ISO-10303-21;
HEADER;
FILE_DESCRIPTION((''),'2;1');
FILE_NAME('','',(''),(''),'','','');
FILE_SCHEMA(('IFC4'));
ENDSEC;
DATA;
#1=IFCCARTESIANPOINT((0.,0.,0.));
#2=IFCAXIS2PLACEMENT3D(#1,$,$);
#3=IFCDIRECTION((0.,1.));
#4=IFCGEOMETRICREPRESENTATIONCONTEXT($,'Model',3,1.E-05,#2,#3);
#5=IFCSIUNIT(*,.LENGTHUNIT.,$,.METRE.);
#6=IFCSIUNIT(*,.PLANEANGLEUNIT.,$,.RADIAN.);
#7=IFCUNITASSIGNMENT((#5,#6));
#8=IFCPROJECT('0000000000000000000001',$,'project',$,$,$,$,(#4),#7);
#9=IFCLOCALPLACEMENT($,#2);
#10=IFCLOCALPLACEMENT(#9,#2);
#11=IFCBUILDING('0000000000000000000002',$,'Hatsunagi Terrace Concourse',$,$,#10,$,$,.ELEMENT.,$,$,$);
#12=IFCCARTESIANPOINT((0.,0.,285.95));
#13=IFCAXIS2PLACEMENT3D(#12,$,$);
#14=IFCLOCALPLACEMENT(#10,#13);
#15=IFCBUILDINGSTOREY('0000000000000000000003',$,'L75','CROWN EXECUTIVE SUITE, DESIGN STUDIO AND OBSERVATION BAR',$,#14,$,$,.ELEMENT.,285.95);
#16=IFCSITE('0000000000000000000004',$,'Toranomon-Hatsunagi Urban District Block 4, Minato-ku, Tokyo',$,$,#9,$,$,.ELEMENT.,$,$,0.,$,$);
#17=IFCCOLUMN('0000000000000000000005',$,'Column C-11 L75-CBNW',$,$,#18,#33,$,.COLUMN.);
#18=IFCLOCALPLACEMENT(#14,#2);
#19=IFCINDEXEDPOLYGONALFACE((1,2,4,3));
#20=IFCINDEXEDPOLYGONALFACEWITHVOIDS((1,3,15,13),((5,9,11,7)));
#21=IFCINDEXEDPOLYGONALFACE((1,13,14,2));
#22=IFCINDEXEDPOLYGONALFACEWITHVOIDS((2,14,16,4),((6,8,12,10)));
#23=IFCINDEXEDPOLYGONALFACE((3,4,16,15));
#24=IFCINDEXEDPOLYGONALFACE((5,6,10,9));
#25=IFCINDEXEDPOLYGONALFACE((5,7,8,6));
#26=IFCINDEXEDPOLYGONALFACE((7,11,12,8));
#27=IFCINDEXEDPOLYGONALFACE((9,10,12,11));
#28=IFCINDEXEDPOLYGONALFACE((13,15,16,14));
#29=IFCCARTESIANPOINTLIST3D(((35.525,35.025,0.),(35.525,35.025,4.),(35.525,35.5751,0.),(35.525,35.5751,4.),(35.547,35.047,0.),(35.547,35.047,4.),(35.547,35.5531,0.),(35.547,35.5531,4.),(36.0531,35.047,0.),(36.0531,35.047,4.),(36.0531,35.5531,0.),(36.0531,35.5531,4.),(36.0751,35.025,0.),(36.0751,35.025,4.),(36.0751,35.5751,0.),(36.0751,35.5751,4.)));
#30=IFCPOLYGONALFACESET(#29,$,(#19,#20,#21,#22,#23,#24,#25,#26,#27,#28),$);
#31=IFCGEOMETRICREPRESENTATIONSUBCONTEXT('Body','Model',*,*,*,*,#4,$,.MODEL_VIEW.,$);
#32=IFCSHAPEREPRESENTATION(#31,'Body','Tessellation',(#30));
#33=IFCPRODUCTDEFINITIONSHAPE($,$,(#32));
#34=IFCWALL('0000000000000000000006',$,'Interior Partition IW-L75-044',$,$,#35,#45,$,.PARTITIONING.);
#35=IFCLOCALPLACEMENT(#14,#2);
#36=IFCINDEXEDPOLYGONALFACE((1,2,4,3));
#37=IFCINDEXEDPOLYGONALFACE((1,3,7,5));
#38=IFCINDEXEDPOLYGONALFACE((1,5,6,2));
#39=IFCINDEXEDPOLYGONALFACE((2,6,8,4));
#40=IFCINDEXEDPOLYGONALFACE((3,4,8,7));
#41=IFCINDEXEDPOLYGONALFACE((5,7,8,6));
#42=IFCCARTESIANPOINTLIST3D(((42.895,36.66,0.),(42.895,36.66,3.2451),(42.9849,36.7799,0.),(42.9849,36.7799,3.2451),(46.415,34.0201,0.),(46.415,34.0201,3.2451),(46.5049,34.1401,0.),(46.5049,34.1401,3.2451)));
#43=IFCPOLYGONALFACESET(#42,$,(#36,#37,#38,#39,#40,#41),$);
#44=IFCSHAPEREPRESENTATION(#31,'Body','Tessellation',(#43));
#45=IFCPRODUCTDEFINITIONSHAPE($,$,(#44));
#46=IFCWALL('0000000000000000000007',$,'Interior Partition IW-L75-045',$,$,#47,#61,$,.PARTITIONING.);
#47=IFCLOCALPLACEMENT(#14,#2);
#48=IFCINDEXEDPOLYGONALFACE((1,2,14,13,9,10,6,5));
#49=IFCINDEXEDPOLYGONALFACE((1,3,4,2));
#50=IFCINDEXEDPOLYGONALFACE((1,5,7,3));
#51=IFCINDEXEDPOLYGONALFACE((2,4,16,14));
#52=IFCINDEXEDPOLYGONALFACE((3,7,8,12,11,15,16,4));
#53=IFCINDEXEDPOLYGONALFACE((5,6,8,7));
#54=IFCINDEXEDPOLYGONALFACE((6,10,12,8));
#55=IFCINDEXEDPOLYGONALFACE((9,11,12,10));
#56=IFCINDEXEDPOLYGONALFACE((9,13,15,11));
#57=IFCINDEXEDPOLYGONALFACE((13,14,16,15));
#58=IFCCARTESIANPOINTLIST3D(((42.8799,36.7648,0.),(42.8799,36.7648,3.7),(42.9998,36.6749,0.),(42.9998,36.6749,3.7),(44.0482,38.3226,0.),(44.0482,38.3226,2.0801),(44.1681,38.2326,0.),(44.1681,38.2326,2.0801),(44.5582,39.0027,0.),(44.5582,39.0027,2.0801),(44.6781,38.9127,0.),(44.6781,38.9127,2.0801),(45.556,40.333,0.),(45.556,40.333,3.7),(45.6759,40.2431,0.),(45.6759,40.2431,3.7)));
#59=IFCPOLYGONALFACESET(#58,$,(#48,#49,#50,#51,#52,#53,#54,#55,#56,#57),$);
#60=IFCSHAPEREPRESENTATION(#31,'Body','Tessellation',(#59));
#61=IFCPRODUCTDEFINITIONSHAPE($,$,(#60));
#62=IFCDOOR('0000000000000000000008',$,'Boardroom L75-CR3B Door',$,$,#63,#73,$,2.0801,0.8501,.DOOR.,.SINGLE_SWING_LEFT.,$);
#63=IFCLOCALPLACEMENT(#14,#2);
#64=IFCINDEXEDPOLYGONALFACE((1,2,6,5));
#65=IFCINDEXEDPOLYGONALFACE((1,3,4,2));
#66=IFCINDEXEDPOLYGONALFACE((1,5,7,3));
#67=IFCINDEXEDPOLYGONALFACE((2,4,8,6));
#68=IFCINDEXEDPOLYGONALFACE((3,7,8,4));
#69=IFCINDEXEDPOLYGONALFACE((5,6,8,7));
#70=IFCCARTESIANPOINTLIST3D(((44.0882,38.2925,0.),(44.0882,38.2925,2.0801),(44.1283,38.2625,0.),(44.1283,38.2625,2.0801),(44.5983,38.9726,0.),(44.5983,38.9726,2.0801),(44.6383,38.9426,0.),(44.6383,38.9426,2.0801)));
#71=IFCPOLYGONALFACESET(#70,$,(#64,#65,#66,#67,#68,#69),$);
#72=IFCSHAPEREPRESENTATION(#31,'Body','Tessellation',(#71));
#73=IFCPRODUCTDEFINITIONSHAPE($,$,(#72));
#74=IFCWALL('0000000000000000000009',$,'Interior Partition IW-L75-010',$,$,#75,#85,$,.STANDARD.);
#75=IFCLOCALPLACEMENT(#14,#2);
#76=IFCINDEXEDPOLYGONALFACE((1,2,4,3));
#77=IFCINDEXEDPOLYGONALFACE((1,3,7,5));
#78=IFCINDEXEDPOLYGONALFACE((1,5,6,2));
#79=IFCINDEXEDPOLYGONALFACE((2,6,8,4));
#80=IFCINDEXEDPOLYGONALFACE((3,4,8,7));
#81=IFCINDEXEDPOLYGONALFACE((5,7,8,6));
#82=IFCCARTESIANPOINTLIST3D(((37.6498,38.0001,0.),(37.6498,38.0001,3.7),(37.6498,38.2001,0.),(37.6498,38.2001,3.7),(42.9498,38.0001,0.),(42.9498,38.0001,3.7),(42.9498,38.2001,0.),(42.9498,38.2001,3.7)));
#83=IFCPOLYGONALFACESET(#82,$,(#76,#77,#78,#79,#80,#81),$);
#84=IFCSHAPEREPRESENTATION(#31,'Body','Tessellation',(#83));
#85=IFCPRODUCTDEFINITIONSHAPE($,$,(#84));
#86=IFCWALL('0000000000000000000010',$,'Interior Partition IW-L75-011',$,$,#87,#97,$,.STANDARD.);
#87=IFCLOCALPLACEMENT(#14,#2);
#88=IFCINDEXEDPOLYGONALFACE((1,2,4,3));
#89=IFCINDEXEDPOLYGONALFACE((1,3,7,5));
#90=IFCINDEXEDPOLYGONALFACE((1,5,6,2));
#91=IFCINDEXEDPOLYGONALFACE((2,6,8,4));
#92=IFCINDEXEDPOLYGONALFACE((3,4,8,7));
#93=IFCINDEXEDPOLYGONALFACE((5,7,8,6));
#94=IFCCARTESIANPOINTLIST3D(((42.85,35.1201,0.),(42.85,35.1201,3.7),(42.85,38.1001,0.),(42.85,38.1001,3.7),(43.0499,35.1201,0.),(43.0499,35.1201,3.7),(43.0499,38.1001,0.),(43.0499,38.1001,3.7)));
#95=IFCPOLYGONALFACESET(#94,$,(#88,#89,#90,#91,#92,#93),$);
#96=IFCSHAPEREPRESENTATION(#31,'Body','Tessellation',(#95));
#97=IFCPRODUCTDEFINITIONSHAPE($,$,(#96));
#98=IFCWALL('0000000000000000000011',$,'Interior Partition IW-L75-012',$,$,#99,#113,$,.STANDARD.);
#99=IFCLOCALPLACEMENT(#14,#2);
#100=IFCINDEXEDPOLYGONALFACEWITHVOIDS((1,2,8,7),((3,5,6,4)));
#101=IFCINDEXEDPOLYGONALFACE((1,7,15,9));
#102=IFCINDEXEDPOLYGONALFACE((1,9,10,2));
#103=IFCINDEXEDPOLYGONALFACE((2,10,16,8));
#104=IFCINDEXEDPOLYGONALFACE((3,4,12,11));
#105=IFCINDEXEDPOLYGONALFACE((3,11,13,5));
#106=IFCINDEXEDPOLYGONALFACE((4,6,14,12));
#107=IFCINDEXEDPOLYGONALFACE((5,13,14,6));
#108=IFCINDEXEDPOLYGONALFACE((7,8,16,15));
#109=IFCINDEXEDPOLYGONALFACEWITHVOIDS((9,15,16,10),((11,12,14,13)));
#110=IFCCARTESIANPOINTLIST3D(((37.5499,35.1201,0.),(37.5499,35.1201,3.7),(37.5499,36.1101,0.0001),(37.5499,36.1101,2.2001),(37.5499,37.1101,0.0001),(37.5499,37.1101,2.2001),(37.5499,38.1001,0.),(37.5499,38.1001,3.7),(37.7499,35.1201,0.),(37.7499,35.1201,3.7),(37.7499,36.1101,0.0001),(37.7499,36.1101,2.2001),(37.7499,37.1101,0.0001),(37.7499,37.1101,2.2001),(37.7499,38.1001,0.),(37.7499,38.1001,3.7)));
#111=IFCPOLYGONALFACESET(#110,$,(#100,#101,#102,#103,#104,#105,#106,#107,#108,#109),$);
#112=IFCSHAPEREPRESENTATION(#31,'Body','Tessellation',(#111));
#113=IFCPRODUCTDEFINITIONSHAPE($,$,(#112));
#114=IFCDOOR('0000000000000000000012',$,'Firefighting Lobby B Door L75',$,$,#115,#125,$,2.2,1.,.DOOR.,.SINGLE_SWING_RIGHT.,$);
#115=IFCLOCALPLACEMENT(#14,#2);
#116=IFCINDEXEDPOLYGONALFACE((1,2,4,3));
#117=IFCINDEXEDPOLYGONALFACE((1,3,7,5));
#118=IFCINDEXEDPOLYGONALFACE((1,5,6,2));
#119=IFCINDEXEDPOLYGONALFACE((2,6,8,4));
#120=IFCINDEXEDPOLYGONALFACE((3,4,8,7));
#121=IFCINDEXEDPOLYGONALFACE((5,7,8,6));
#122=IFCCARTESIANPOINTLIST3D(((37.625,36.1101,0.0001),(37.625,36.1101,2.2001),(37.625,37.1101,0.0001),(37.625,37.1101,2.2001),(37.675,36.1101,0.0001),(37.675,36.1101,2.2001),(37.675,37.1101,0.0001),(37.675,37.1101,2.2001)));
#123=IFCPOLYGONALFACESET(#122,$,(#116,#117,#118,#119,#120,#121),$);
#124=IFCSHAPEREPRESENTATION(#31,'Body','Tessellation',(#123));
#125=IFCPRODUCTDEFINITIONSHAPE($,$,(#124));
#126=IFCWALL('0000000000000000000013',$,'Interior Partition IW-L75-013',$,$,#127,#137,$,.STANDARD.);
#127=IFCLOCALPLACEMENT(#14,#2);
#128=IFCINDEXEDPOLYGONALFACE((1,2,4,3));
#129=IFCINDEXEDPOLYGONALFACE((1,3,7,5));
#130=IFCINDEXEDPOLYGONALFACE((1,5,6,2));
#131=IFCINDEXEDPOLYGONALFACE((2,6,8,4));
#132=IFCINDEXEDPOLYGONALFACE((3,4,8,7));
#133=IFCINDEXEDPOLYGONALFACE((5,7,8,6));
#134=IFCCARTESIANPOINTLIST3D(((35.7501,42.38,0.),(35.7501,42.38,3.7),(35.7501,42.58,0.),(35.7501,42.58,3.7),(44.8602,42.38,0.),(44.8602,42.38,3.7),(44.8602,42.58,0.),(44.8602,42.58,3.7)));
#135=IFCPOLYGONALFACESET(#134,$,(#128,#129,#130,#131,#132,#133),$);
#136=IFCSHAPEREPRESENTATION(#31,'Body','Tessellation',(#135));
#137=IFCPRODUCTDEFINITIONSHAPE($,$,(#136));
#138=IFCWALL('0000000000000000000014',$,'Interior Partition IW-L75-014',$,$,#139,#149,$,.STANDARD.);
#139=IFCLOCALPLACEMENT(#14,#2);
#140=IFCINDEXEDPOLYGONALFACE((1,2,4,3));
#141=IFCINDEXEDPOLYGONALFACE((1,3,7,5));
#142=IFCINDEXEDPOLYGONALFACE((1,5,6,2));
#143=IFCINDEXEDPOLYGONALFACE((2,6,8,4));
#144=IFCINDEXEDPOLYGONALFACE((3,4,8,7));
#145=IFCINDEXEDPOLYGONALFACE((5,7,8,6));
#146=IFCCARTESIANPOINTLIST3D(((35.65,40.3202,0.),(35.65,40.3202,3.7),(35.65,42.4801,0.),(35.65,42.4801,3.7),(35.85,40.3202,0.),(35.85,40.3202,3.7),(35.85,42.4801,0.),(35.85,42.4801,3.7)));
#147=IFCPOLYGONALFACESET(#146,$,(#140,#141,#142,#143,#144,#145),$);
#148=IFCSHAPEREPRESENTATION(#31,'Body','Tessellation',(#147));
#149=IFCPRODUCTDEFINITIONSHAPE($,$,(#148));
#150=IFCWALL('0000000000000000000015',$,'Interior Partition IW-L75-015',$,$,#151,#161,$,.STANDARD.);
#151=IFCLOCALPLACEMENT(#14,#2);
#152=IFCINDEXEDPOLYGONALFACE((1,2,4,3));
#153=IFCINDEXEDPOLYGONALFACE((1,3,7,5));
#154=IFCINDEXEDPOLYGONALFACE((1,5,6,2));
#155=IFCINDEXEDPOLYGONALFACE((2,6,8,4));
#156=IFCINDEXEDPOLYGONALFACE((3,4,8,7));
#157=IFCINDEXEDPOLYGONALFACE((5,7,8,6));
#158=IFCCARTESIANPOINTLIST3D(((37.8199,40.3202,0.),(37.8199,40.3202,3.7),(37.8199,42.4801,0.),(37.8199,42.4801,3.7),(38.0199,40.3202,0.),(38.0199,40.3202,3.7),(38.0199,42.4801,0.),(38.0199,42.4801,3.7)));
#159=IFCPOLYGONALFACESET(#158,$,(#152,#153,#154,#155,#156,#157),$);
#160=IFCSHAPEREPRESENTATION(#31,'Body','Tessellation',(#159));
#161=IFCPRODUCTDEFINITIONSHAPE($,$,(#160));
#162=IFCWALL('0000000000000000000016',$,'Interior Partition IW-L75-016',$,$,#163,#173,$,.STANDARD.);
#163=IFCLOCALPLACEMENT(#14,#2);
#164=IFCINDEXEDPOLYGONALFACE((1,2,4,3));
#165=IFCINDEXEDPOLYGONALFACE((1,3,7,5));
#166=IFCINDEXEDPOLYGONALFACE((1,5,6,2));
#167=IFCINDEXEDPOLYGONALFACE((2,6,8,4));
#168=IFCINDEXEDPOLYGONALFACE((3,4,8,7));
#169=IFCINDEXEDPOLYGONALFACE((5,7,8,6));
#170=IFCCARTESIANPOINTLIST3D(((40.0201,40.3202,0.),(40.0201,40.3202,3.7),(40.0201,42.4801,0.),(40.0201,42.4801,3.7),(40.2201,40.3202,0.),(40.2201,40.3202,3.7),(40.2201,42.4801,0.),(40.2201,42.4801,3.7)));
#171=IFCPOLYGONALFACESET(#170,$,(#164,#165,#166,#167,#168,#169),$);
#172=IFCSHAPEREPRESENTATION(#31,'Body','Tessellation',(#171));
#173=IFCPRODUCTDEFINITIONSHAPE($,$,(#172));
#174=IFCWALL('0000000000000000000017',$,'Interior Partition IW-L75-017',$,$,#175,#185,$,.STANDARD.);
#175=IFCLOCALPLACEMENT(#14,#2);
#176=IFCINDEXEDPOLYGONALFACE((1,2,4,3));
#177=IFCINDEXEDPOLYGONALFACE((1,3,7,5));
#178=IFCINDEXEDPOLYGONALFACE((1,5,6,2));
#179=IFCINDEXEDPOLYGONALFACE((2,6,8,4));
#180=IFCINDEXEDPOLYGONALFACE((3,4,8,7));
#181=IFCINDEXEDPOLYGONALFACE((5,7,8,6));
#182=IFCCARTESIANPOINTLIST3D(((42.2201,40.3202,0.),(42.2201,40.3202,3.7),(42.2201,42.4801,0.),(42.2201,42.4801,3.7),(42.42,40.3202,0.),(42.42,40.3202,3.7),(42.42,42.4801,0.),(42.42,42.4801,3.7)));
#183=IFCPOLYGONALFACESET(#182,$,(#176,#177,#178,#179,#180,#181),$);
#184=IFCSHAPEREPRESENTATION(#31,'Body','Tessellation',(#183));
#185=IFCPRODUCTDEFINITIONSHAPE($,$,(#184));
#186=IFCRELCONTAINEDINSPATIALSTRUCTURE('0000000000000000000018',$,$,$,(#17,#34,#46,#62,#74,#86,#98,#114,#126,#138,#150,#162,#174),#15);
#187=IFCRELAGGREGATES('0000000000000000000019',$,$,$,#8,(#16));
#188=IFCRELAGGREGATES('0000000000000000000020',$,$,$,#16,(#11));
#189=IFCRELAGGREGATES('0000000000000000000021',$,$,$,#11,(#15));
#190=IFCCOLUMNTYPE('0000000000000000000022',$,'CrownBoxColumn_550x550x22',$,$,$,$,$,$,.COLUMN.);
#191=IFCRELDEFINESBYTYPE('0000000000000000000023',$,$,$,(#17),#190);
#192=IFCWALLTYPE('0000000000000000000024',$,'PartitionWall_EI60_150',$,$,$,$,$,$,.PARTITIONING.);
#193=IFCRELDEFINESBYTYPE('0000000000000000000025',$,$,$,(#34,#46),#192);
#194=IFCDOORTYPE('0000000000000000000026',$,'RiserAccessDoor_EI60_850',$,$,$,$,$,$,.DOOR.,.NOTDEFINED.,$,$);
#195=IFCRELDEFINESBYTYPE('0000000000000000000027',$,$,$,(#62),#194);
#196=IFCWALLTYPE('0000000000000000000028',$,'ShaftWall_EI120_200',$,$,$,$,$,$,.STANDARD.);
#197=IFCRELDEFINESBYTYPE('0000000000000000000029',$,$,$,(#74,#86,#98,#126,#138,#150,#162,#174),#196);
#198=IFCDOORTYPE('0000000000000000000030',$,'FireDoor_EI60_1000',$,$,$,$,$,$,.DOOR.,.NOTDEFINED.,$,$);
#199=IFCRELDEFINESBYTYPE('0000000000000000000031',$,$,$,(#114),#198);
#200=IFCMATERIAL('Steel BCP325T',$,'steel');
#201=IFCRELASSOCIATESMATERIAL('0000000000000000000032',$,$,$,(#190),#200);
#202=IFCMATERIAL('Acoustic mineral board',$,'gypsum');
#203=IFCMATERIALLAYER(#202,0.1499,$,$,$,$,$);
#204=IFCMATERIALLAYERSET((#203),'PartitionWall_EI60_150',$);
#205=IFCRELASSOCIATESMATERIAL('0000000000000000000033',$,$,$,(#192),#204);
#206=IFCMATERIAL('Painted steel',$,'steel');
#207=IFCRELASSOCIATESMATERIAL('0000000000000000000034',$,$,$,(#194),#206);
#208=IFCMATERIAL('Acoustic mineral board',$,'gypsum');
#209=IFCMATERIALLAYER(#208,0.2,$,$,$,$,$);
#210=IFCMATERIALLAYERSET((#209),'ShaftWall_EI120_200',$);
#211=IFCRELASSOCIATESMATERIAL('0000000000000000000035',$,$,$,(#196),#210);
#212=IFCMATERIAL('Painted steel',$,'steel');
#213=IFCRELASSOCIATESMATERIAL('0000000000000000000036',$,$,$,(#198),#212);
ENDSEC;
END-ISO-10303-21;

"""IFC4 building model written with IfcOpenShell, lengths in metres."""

from ifc_helpers import new_model, si_unit, direction, frame, frame_2d, origin, origin_2d, place, context, subcontext, project, spatial, rectangle, hollow_rectangle, extrude, material, layer, layer_set, material_profile, profile_set, type_object, element, fill, save


model = new_model("IFC4")

# Units and contexts
model_context = context("Model", 3, precision=1e-05, world=origin(), true_north=direction((0.0, 1.0)))
body_context = subcontext(model_context, "Body", "Model", "MODEL_VIEW")
ifc_project = project(units=[si_unit("LENGTHUNIT", "METRE"), si_unit("PLANEANGLEUNIT", "RADIAN")], contexts=[model_context])

# Site, building, storey
site_placement = place(None, origin())
site = spatial("IfcSite", under=ifc_project, at=site_placement, Name="Toranomon-Hatsunagi Urban District Block 4, Minato-ku, Tokyo", CompositionType="ELEMENT", RefElevation=0.0)
building_placement = place(site_placement, origin())
building = spatial("IfcBuilding", under=site, at=building_placement, Name="Hatsunagi Terrace Concourse", CompositionType="ELEMENT")
storey_placement = place(building_placement, frame((0.0, 0.0, 285.95)))
storey = spatial("IfcBuildingStorey", under=building, at=storey_placement, Name="L75", Description="CROWN EXECUTIVE SUITE, DESIGN STUDIO AND OBSERVATION BAR", CompositionType="ELEMENT", Elevation=285.95)

# Column
ifc_material_1 = material(Name="Steel BCP325T", Category="steel")
ifc_material_profile = material_profile(ifc_material_1, hollow_rectangle(XDim=0.55, YDim=0.55, WallThickness=0.022, at=origin_2d()), Name="BCP-550x550x22")
ifc_profile_set = profile_set([ifc_material_profile], Name="Steel BCP325T")
column_type = type_object("IfcColumnType", Name="CrownBoxColumn_550x550x22", PredefinedType="COLUMN", material=ifc_profile_set)
column_placement = place(storey_placement, frame((35.8, 35.3, 0.0), z_axis=(0.0, 0.0, 1.0), x_axis=(1.0, 0.0, 0.0)))
element("IfcColumn", 1, at=column_placement, inside=storey, type_object=column_type, Name="Column C-11 L75-CBNW", PredefinedType="COLUMN", context=body_context, shape_type="SweptSolid", body=[
    extrude(hollow_rectangle(XDim=0.55, YDim=0.55, WallThickness=0.022, at=origin_2d()), origin(), (0.0, 0.0, 1.0), 4.0),
])

# Shared definitions
ifc_material_2 = material(Name="Acoustic mineral board", Category="gypsum")
ifc_layer_1 = layer(ifc_material_2, 0.1499)
ifc_layer_set_1 = layer_set([ifc_layer_1], Name="PartitionWall_EI60_150")
wall_type_1 = type_object("IfcWallType", Name="PartitionWall_EI60_150", PredefinedType="PARTITIONING", material=ifc_layer_set_1)

# Wall
wall_1_placement = place(storey_placement, frame((42.9399, 36.72, 0.0), z_axis=(0.0, 0.0, 1.0), x_axis=(0.800013, -0.599982, 0.0)))
element("IfcWall", 2, at=wall_1_placement, inside=storey, type_object=wall_type_1, Name="Interior Partition IW-L75-044", PredefinedType="PARTITIONING", context=body_context, shape_type="SweptSolid", body=[
    extrude(rectangle(XDim=4.3999, YDim=0.1499, at=frame_2d((2.2, 0.0))), origin(), (0.0, 0.0, 1.0), 3.2451),
])

# Wall, opening, door
wall_2_placement = place(storey_placement, frame((42.9399, 36.72, 0.0), z_axis=(0.0, 0.0, 1.0), x_axis=(0.599991, 0.800007, 0.0)))
wall_2 = element("IfcWall", 3, at=wall_2_placement, inside=storey, type_object=wall_type_1, Name="Interior Partition IW-L75-045", PredefinedType="PARTITIONING", context=body_context, shape_type="SweptSolid", body=[
    extrude(rectangle(XDim=4.4602, YDim=0.1499, at=frame_2d((2.23, 0.0))), origin(), (0.0, 0.0, 1.0), 3.7),
])
opening_1_placement = place(wall_2_placement, frame((1.947, 0.0, 0.0)))
opening_1 = element("IfcOpeningElement", 4, at=opening_1_placement, cuts=wall_2, PredefinedType="OPENING", context=body_context, shape_type="SweptSolid", body=[
    extrude(rectangle(XDim=0.8501, YDim=2.0801, at=frame_2d((0.425, 1.04))), frame((0.0, 0.085, 0.0), z_axis=(0.0, -1.0, 0.0), x_axis=(1.0, 0.0, 0.0)), (0.0, 0.0, 1.0), 0.1699),
])
ifc_material_3 = material(Name="Painted steel", Category="steel")
door_type_1 = type_object("IfcDoorType", Name="RiserAccessDoor_EI60_850", OperationType="NOTDEFINED", PredefinedType="DOOR", material=ifc_material_3)
door_1_placement = place(opening_1_placement, origin())
door_1 = element("IfcDoor", 5, at=door_1_placement, inside=storey, type_object=door_type_1, Name="Boardroom L75-CR3B Door", OperationType="SINGLE_SWING_LEFT", OverallHeight=2.0801, OverallWidth=0.8501, PredefinedType="DOOR", context=body_context, shape_type="SweptSolid", body=[
    extrude(rectangle(XDim=0.8501, YDim=2.0801, at=frame_2d((0.425, 1.04))), frame((0.0, 0.0249, 0.0), z_axis=(0.0, -1.0, 0.0), x_axis=(1.0, 0.0, 0.0)), (0.0, 0.0, 1.0), 0.05),
])
fill(opening_1, door_1)

# Walls
ifc_material_4 = material(Name="Acoustic mineral board", Category="gypsum")
ifc_layer_2 = layer(ifc_material_4, 0.2)
ifc_layer_set_2 = layer_set([ifc_layer_2], Name="ShaftWall_EI120_200")
wall_type_2 = type_object("IfcWallType", Name="ShaftWall_EI120_200", PredefinedType="STANDARD", material=ifc_layer_set_2)
wall_3_placement = place(storey_placement, frame((37.6499, 38.1001, 0.0), z_axis=(0.0, 0.0, 1.0), x_axis=(1.0, 0.0, 0.0)))
element("IfcWall", 6, at=wall_3_placement, inside=storey, type_object=wall_type_2, Name="Interior Partition IW-L75-010", PredefinedType="STANDARD", context=body_context, shape_type="SweptSolid", body=[
    extrude(rectangle(XDim=5.3, YDim=0.2, at=frame_2d((2.6499, 0.0))), origin(), (0.0, 0.0, 1.0), 3.7),
])
wall_4_placement = place(storey_placement, frame((42.95, 35.1201, 0.0), z_axis=(0.0, 0.0, 1.0), x_axis=(0.0, 1.0, 0.0)))
element("IfcWall", 7, at=wall_4_placement, inside=storey, type_object=wall_type_2, Name="Interior Partition IW-L75-011", PredefinedType="STANDARD", context=body_context, shape_type="SweptSolid", body=[
    extrude(rectangle(XDim=2.98, YDim=0.2, at=frame_2d((1.49, 0.0))), origin(), (0.0, 0.0, 1.0), 3.7),
])

# Wall, opening, door
wall_5_placement = place(storey_placement, frame((37.6499, 35.1201, 0.0), z_axis=(0.0, 0.0, 1.0), x_axis=(0.0, 1.0, 0.0)))
wall_5 = element("IfcWall", 8, at=wall_5_placement, inside=storey, type_object=wall_type_2, Name="Interior Partition IW-L75-012", PredefinedType="STANDARD", context=body_context, shape_type="SweptSolid", body=[
    extrude(rectangle(XDim=2.98, YDim=0.2, at=frame_2d((1.49, 0.0))), origin(), (0.0, 0.0, 1.0), 3.7),
])
opening_2_placement = place(wall_5_placement, frame((0.99, 0.0, 0.0)))
opening_2 = element("IfcOpeningElement", 9, at=opening_2_placement, cuts=wall_5, PredefinedType="OPENING", context=body_context, shape_type="SweptSolid", body=[
    extrude(rectangle(XDim=1.0, YDim=2.2, at=frame_2d((0.5, 1.1001))), frame((0.0, 0.1099, 0.0), z_axis=(0.0, -1.0, 0.0), x_axis=(1.0, 0.0, 0.0)), (0.0, 0.0, 1.0), 0.22),
])
ifc_material_5 = material(Name="Painted steel", Category="steel")
door_type_2 = type_object("IfcDoorType", Name="FireDoor_EI60_1000", OperationType="NOTDEFINED", PredefinedType="DOOR", material=ifc_material_5)
door_2_placement = place(opening_2_placement, origin())
door_2 = element("IfcDoor", 10, at=door_2_placement, inside=storey, type_object=door_type_2, Name="Firefighting Lobby B Door L75", OperationType="SINGLE_SWING_RIGHT", OverallHeight=2.2, OverallWidth=1.0, PredefinedType="DOOR", context=body_context, shape_type="SweptSolid", body=[
    extrude(rectangle(XDim=1.0, YDim=2.2, at=frame_2d((0.5, 1.1001))), frame((0.0, 0.0249, 0.0), z_axis=(0.0, -1.0, 0.0), x_axis=(1.0, 0.0, 0.0)), (0.0, 0.0, 1.0), 0.05),
])
fill(opening_2, door_2)

# Walls
wall_6_placement = place(storey_placement, frame((35.75, 42.48, 0.0), z_axis=(0.0, 0.0, 1.0), x_axis=(1.0, 0.0, 0.0)))
element("IfcWall", 11, at=wall_6_placement, inside=storey, type_object=wall_type_2, Name="Interior Partition IW-L75-013", PredefinedType="STANDARD", context=body_context, shape_type="SweptSolid", body=[
    extrude(rectangle(XDim=9.1101, YDim=0.2, at=frame_2d((4.5552, 0.0))), origin(), (0.0, 0.0, 1.0), 3.7),
])
for number, where, z_axis, x_axis, name in (
    (12, (35.75, 40.3201, 0.0), (0.0, 0.0, 1.0), (0.0, 1.0, 0.0), "Interior Partition IW-L75-014"),
    (13, (37.9199, 40.3201, 0.0), (0.0, 0.0, 1.0), (0.0, 1.0, 0.0), "Interior Partition IW-L75-015"),
    (14, (40.1201, 40.3201, 0.0), (0.0, 0.0, 1.0), (0.0, 1.0, 0.0), "Interior Partition IW-L75-016"),
    (15, (42.3201, 40.3201, 0.0), (0.0, 0.0, 1.0), (0.0, 1.0, 0.0), "Interior Partition IW-L75-017"),
):
    element("IfcWall", number, at=place(storey_placement, frame(where, z_axis=z_axis, x_axis=x_axis)), inside=storey, type_object=wall_type_2, Name=name, PredefinedType="STANDARD", context=body_context, shape_type="SweptSolid", body=[
        extrude(rectangle(XDim=2.1599, YDim=0.2, at=frame_2d((1.0801, 0.0))), origin(), (0.0, 0.0, 1.0), 3.7),
    ])

save(model, "model.ifc")
